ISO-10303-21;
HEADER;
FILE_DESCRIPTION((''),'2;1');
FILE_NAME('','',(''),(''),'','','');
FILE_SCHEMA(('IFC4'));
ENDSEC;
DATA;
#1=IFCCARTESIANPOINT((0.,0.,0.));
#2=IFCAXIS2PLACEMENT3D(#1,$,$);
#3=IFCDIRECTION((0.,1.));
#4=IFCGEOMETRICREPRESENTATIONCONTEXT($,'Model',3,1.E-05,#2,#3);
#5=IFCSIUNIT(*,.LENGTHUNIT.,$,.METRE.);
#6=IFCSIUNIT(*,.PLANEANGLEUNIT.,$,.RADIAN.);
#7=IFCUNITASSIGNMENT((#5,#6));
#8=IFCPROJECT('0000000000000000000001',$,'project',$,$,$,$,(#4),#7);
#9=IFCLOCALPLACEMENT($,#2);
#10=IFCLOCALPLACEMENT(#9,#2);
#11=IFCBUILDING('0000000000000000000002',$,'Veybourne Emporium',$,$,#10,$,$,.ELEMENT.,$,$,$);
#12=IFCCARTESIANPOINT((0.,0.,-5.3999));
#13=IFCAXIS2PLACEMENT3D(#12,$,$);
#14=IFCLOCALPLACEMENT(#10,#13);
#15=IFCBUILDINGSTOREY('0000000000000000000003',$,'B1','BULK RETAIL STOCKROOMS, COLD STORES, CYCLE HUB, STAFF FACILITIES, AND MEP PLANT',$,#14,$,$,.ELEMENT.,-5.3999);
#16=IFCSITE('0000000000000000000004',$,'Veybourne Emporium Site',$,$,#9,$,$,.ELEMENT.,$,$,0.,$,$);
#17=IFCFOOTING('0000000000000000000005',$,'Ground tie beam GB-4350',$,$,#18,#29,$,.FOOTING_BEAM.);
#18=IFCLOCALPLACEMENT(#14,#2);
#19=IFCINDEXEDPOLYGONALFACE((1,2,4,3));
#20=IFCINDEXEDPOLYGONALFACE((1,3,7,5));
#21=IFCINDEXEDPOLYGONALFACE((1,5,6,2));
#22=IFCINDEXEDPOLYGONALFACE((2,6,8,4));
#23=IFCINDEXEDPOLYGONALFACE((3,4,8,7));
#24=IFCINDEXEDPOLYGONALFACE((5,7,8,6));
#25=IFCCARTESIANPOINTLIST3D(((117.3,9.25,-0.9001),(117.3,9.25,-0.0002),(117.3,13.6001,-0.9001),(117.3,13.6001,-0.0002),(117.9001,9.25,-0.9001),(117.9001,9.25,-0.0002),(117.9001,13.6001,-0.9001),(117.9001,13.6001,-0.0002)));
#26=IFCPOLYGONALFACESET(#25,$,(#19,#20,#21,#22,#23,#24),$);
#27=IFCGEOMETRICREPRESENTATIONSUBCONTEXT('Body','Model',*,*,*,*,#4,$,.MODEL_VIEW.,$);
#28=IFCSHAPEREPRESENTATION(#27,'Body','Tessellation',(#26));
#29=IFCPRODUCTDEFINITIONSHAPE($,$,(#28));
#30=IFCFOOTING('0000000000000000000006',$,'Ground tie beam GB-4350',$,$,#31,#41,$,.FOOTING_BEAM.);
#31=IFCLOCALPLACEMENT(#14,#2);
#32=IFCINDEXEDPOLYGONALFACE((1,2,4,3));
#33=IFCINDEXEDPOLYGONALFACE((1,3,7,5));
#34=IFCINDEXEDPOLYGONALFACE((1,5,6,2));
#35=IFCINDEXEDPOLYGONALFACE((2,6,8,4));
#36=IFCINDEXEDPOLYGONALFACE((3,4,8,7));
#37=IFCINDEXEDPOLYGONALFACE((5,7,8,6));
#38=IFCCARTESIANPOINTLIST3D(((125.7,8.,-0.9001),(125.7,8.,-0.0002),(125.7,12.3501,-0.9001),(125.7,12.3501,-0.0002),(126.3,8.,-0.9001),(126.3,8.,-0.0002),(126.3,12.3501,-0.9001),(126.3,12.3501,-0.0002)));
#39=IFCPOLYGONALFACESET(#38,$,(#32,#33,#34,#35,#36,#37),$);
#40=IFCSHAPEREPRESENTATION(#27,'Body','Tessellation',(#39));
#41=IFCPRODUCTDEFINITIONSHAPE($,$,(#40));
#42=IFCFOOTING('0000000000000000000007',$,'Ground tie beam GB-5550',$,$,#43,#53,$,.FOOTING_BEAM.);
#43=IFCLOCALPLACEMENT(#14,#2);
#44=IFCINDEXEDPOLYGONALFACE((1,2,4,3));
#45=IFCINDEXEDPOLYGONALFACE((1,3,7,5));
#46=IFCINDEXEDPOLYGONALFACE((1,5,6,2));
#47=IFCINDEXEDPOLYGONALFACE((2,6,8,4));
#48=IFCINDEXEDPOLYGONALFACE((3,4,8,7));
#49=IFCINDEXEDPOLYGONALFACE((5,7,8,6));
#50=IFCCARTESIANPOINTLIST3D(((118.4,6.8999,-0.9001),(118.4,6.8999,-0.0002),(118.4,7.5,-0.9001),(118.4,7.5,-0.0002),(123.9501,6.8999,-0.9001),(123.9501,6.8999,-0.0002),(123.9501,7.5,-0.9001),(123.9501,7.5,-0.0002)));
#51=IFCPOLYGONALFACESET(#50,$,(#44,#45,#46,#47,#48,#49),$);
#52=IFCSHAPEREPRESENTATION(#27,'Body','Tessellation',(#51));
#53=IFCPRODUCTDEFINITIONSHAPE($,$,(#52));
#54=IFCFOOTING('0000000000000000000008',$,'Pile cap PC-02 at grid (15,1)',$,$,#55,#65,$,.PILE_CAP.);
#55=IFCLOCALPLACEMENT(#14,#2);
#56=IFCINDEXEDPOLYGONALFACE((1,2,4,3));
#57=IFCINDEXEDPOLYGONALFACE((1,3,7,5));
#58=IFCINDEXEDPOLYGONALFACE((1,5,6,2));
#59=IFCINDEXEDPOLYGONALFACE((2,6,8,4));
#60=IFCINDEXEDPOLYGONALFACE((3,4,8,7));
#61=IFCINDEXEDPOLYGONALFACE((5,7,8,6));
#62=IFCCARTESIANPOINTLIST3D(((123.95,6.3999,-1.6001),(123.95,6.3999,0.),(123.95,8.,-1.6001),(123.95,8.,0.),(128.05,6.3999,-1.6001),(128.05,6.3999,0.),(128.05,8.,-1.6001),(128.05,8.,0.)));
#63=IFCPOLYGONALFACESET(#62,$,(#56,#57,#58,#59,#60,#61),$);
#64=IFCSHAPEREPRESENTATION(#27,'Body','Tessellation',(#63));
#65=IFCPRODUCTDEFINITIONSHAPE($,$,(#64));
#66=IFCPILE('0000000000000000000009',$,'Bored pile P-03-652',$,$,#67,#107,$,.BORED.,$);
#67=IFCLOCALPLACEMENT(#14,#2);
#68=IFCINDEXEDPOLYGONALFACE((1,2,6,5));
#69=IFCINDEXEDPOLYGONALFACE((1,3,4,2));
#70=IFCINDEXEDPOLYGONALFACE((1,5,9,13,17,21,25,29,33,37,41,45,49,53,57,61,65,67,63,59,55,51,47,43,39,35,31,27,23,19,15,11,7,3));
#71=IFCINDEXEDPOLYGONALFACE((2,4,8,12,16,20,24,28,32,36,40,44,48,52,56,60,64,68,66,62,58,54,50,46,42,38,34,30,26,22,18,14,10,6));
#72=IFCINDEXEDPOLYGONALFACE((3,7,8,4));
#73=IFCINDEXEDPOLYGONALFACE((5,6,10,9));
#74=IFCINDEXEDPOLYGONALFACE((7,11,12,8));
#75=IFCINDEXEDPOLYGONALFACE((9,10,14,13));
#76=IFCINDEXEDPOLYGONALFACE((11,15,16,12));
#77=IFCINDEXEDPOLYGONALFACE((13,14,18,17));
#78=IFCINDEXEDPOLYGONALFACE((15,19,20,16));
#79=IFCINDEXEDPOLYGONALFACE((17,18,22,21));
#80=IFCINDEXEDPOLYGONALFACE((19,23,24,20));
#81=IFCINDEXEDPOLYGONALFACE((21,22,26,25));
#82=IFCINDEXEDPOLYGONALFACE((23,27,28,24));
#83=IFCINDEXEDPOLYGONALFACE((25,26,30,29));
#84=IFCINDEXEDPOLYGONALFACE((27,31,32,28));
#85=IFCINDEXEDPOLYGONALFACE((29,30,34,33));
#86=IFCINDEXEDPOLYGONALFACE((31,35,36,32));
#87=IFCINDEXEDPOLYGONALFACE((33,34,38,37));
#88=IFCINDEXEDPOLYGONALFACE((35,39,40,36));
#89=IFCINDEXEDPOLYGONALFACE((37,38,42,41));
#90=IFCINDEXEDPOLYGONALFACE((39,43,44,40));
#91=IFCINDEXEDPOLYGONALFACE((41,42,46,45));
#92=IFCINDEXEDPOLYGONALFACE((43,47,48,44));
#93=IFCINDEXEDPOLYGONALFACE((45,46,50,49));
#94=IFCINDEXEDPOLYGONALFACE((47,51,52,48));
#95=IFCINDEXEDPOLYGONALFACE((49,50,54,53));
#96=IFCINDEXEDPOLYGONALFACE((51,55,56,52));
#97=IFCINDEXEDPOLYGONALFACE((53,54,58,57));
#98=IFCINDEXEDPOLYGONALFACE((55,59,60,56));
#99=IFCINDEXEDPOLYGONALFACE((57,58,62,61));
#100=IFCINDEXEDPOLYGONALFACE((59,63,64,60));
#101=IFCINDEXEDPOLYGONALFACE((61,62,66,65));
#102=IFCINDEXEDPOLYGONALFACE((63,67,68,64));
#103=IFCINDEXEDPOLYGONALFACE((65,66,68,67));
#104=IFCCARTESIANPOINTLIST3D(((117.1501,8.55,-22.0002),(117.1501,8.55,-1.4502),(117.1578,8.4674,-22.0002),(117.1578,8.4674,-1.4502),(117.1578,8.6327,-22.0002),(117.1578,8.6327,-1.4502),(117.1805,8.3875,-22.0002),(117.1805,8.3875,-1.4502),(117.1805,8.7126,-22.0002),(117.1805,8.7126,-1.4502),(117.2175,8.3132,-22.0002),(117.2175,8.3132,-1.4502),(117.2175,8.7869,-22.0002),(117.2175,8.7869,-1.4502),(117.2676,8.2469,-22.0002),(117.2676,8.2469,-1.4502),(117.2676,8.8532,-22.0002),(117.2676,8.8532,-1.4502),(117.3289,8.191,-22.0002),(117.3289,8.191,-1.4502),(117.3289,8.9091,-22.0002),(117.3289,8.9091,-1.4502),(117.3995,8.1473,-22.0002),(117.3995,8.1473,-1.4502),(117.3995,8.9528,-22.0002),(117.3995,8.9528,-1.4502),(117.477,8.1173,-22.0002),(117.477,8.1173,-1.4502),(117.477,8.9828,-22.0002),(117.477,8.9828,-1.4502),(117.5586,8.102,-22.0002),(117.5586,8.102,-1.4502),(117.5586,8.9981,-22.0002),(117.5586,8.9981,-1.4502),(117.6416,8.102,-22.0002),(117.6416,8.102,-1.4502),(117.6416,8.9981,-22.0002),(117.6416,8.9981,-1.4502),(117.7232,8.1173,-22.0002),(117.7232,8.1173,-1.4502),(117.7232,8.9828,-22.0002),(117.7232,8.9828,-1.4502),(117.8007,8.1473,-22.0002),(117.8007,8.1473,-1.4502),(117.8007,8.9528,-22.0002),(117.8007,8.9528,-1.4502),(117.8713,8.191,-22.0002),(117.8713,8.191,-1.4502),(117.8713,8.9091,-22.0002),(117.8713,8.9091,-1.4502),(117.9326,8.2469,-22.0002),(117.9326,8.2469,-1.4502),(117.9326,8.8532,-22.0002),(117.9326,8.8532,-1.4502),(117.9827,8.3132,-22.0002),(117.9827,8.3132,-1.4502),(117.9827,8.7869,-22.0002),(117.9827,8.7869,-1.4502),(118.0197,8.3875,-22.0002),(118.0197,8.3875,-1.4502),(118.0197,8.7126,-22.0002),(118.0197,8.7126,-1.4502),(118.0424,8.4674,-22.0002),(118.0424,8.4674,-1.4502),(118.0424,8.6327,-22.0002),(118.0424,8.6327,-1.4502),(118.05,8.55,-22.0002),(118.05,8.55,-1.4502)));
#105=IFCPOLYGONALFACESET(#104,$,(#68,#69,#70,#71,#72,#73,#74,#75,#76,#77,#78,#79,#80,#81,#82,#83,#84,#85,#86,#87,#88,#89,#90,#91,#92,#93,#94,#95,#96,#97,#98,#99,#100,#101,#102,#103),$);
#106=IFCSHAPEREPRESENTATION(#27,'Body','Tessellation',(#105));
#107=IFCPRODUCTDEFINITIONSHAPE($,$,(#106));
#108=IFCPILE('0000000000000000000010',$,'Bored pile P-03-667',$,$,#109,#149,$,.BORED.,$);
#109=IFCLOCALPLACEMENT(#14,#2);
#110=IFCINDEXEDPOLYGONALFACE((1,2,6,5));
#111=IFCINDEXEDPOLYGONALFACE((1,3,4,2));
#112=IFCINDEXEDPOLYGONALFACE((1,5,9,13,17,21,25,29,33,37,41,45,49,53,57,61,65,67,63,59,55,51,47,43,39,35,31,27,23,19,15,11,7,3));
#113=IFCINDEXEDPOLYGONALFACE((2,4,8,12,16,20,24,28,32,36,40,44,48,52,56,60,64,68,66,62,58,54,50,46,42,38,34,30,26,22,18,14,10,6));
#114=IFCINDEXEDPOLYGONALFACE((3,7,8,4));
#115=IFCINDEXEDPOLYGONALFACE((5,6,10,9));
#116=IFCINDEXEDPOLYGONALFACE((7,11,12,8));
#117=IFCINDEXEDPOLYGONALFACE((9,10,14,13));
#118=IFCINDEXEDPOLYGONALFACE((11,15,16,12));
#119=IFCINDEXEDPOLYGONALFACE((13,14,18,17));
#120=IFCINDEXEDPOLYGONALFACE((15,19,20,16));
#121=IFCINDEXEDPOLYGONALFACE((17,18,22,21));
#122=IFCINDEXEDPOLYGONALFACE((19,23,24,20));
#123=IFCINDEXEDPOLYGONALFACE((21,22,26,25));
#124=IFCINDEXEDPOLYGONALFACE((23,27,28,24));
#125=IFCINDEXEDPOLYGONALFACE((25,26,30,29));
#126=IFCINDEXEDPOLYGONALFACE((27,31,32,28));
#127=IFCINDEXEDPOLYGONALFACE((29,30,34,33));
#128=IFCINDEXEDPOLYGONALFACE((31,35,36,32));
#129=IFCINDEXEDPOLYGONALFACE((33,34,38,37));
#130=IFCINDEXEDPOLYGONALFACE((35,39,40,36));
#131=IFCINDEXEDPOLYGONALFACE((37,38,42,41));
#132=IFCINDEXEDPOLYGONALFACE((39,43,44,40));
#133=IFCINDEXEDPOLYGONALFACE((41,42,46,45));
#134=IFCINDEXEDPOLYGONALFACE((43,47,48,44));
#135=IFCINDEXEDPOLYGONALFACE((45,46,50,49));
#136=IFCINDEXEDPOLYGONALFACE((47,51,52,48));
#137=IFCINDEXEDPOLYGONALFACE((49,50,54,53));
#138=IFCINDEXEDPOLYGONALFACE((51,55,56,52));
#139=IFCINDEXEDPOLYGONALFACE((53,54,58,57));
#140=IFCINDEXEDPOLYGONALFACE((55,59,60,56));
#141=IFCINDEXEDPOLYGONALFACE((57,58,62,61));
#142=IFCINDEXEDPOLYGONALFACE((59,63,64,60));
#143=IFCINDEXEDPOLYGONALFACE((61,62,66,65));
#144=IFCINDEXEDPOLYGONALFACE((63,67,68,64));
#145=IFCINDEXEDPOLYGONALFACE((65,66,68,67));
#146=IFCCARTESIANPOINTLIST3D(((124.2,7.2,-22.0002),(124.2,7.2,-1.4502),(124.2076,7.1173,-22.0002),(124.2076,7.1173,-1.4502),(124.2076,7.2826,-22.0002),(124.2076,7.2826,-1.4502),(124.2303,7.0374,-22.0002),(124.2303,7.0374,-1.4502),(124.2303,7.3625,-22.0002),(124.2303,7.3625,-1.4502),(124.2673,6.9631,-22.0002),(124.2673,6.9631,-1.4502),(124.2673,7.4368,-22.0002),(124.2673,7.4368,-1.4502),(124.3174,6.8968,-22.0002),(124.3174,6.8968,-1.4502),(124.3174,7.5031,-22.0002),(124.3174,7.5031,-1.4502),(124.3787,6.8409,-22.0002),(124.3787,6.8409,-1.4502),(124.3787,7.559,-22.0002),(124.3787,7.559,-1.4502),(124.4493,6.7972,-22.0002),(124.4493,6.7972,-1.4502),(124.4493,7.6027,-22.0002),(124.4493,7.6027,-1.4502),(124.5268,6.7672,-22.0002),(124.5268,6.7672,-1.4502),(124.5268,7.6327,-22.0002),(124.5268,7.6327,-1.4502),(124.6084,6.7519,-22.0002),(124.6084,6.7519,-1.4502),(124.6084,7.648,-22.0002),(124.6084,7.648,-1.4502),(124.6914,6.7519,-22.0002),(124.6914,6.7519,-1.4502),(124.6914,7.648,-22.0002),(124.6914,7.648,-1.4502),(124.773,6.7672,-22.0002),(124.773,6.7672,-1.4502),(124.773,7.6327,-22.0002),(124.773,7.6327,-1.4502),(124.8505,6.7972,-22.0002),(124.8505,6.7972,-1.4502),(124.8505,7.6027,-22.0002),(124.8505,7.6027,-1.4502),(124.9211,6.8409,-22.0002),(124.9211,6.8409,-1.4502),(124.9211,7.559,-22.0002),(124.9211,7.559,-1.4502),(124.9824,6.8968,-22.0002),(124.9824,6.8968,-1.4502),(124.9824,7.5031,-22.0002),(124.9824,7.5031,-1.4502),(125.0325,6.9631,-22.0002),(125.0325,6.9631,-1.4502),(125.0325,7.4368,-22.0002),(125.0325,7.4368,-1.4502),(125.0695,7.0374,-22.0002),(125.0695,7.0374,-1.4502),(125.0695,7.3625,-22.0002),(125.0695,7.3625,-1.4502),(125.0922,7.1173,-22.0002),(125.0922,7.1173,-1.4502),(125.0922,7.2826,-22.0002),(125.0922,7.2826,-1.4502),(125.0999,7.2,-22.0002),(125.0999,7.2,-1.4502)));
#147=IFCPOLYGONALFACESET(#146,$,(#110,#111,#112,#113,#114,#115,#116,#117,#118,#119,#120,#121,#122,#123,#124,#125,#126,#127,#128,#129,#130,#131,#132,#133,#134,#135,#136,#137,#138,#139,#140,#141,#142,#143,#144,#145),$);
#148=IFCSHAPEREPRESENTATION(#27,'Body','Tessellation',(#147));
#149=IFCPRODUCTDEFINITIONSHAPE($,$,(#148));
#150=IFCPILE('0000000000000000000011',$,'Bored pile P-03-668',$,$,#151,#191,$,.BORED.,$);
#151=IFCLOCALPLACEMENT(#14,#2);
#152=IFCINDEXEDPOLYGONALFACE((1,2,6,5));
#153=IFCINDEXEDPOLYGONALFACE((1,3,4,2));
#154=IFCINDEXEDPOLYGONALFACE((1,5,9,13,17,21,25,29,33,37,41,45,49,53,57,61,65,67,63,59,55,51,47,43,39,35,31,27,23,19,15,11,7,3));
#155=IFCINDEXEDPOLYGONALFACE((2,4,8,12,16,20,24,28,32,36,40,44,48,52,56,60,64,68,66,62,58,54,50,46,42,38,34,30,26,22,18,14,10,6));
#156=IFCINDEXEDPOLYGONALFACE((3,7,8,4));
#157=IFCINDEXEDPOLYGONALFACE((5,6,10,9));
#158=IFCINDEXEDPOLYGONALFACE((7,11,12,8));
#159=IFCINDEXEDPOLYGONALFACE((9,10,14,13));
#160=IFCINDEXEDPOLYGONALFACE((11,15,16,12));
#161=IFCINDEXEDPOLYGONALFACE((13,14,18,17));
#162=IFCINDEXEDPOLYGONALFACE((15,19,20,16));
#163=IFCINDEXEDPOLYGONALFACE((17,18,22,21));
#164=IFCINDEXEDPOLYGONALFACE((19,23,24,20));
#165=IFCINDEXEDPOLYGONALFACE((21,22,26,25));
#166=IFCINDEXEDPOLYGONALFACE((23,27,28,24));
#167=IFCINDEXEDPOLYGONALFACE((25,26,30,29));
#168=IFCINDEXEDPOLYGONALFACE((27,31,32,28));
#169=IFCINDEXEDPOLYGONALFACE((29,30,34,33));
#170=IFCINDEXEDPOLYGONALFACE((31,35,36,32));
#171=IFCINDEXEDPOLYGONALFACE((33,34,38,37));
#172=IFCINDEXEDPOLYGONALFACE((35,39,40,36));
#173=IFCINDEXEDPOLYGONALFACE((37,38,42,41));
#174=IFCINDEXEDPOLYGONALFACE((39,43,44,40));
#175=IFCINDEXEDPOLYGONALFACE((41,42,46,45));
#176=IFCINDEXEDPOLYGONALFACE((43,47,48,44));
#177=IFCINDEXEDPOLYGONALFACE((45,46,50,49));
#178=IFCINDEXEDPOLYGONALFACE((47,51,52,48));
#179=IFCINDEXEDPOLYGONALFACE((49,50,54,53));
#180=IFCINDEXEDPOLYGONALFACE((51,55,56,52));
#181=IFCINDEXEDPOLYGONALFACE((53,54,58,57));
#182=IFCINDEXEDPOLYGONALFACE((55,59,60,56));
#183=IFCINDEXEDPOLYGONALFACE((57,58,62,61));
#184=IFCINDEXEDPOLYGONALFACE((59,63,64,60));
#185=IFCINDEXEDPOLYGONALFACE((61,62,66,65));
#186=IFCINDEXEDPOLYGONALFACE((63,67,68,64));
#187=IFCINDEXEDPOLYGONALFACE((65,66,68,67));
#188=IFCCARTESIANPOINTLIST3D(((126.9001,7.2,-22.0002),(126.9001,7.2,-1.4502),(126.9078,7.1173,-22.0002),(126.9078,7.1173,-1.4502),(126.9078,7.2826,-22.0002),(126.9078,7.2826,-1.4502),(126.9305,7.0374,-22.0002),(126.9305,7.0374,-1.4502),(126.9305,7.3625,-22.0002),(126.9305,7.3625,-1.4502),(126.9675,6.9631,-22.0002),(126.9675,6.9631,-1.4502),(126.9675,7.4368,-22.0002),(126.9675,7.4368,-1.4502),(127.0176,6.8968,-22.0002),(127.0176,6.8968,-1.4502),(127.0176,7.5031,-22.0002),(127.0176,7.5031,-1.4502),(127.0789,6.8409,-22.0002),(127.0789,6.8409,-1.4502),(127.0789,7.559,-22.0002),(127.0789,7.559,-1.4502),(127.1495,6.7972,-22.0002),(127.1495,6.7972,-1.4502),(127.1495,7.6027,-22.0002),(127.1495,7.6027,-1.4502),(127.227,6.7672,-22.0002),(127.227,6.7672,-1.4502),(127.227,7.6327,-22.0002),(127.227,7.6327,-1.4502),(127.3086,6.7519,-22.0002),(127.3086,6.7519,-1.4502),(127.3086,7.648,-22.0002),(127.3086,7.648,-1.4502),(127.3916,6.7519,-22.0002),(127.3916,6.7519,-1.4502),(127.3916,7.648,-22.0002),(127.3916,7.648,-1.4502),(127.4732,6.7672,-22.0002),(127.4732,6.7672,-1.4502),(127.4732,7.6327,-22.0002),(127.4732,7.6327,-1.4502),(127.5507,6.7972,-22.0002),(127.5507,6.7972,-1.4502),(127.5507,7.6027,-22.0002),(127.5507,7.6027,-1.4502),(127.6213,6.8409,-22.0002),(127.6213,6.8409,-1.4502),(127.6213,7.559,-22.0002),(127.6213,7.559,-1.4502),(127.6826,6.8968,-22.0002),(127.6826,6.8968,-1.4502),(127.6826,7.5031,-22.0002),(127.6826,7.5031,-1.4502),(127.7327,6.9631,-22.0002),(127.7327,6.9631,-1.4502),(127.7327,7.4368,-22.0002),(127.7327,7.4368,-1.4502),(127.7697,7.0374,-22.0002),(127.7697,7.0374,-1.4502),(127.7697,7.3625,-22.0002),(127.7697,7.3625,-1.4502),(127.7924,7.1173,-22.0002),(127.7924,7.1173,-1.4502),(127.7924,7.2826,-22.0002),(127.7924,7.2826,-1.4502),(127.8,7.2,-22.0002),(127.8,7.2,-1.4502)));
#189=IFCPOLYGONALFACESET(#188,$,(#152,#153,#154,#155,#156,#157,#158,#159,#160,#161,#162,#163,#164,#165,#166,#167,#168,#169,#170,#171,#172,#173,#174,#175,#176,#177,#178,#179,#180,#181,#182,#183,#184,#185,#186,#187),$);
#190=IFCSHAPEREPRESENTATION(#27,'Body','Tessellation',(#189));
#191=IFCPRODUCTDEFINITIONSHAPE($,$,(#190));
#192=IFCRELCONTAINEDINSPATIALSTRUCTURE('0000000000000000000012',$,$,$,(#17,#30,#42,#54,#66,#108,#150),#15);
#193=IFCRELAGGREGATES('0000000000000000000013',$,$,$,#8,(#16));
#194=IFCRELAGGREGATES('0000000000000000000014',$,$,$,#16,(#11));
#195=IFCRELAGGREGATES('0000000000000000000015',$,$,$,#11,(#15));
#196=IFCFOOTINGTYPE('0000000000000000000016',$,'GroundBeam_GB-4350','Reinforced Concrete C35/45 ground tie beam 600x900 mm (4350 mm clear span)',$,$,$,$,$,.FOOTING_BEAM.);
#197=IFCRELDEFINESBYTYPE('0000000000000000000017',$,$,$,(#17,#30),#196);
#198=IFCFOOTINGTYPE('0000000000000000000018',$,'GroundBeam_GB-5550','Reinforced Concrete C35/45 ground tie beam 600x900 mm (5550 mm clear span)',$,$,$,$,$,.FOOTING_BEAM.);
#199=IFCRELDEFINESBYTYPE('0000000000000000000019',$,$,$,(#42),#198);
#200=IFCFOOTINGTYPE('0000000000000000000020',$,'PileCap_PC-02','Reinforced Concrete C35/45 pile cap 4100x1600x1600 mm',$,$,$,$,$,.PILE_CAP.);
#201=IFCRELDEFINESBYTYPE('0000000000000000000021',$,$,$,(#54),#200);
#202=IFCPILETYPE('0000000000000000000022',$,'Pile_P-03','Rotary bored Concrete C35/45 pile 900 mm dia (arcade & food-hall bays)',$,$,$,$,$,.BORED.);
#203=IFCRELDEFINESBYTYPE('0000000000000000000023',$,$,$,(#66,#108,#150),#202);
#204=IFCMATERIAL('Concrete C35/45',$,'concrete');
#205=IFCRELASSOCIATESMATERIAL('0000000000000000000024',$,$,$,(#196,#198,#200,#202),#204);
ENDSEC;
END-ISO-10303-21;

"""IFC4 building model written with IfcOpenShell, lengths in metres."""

from ifc_helpers import new_model, si_unit, direction, frame, origin, origin_2d, place, context, subcontext, project, spatial, rectangle, circle, extrude, material, material_profile, profile_set, type_object, element, save


model = new_model("IFC4")

# Units and contexts
model_context = context("Model", 3, precision=1e-05, world=origin(), true_north=direction((0.0, 1.0)))
body_context = subcontext(model_context, "Body", "Model", "MODEL_VIEW")
ifc_project = project(units=[si_unit("LENGTHUNIT", "METRE"), si_unit("PLANEANGLEUNIT", "RADIAN")], contexts=[model_context])

# Site, building, storey
site_placement = place(None, origin())
site = spatial("IfcSite", under=ifc_project, at=site_placement, Name="Veybourne Emporium Site", CompositionType="ELEMENT", RefElevation=0.0)
building_placement = place(site_placement, origin())
building = spatial("IfcBuilding", under=site, at=building_placement, Name="Veybourne Emporium", CompositionType="ELEMENT")
storey_placement = place(building_placement, frame((0.0, 0.0, -5.3999)))
storey = spatial("IfcBuildingStorey", under=building, at=storey_placement, Name="B1", Description="BULK RETAIL STOCKROOMS, COLD STORES, CYCLE HUB, STAFF FACILITIES, AND MEP PLANT", CompositionType="ELEMENT", Elevation=-5.3999)

# Footings
ifc_material_1 = material(Name="Concrete C35/45", Category="concrete")
footing_type_1 = type_object("IfcFootingType", Name="GroundBeam_GB-4350", Description="Reinforced Concrete C35/45 ground tie beam 600x900 mm (4350 mm clear span)", PredefinedType="FOOTING_BEAM", material=ifc_material_1)
for number, where, z_axis, x_axis, name in (
    (1, (117.6001, 11.425, -0.9001), (0.0, 0.0, 1.0), (0.0, 1.0, 0.0), "Ground tie beam GB-4350"),
    (2, (126.0, 10.175, -0.9001), (0.0, 0.0, 1.0), (0.0, 1.0, 0.0), "Ground tie beam GB-4350"),
):
    element("IfcFooting", number, at=place(storey_placement, frame(where, z_axis=z_axis, x_axis=x_axis)), inside=storey, type_object=footing_type_1, Name=name, PredefinedType="FOOTING_BEAM", context=body_context, shape_type="SweptSolid", body=[
        extrude(rectangle(XDim=4.3501, YDim=0.6001, at=origin_2d()), origin(), (0.0, 0.0, 1.0), 0.8999),
    ])
footing_type_2 = type_object("IfcFootingType", Name="GroundBeam_GB-5550", Description="Reinforced Concrete C35/45 ground tie beam 600x900 mm (5550 mm clear span)", PredefinedType="FOOTING_BEAM", material=ifc_material_1)
footing_1_placement = place(storey_placement, frame((121.175, 7.2, -0.9001), z_axis=(0.0, 0.0, 1.0), x_axis=(1.0, 0.0, 0.0)))
element("IfcFooting", 3, at=footing_1_placement, inside=storey, type_object=footing_type_2, Name="Ground tie beam GB-5550", PredefinedType="FOOTING_BEAM", context=body_context, shape_type="SweptSolid", body=[
    extrude(rectangle(XDim=5.55, YDim=0.6001, at=origin_2d()), origin(), (0.0, 0.0, 1.0), 0.8999),
])
footing_type_3 = type_object("IfcFootingType", Name="PileCap_PC-02", Description="Reinforced Concrete C35/45 pile cap 4100x1600x1600 mm", PredefinedType="PILE_CAP", material=ifc_material_1)
footing_2_placement = place(storey_placement, frame((126.0, 7.2, -1.6001), z_axis=(0.0, 0.0, 1.0), x_axis=(1.0, 0.0, 0.0)))
element("IfcFooting", 4, at=footing_2_placement, inside=storey, type_object=footing_type_3, Name="Pile cap PC-02 at grid (15,1)", PredefinedType="PILE_CAP", context=body_context, shape_type="SweptSolid", body=[
    extrude(rectangle(XDim=4.1001, YDim=1.6001, at=origin_2d()), origin(), (0.0, 0.0, 1.0), 1.6001),
])

# Piles
ifc_material_profile_1 = material_profile(ifc_material_1, circle(Radius=0.45, at=origin_2d()), Name="BORED PILE 900")
ifc_profile_set_1 = profile_set([ifc_material_profile_1], Name="Concrete C35/45")
pile_type = type_object("IfcPileType", Name="Pile_P-03", Description="Rotary bored Concrete C35/45 pile 900 mm dia (arcade & food-hall bays)", PredefinedType="BORED", material=ifc_profile_set_1)
for number, where, z_axis, x_axis, name in (
    (5, (117.6001, 8.55, -1.4502), (0.0, 0.0, -1.0), (1.0, 0.0, 0.0), "Bored pile P-03-652"),
    (6, (124.6499, 7.2, -1.4502), (0.0, 0.0, -1.0), (1.0, 0.0, 0.0), "Bored pile P-03-667"),
    (7, (127.3501, 7.2, -1.4502), (0.0, 0.0, -1.0), (1.0, 0.0, 0.0), "Bored pile P-03-668"),
):
    element("IfcPile", number, at=place(storey_placement, frame(where, z_axis=z_axis, x_axis=x_axis)), inside=storey, type_object=pile_type, Name=name, PredefinedType="BORED", context=body_context, shape_type="SweptSolid", body=[
        extrude(circle(Radius=0.45, at=origin_2d()), origin(), (0.0, 0.0, 1.0), 20.55),
    ])

save(model, "model.ifc")
